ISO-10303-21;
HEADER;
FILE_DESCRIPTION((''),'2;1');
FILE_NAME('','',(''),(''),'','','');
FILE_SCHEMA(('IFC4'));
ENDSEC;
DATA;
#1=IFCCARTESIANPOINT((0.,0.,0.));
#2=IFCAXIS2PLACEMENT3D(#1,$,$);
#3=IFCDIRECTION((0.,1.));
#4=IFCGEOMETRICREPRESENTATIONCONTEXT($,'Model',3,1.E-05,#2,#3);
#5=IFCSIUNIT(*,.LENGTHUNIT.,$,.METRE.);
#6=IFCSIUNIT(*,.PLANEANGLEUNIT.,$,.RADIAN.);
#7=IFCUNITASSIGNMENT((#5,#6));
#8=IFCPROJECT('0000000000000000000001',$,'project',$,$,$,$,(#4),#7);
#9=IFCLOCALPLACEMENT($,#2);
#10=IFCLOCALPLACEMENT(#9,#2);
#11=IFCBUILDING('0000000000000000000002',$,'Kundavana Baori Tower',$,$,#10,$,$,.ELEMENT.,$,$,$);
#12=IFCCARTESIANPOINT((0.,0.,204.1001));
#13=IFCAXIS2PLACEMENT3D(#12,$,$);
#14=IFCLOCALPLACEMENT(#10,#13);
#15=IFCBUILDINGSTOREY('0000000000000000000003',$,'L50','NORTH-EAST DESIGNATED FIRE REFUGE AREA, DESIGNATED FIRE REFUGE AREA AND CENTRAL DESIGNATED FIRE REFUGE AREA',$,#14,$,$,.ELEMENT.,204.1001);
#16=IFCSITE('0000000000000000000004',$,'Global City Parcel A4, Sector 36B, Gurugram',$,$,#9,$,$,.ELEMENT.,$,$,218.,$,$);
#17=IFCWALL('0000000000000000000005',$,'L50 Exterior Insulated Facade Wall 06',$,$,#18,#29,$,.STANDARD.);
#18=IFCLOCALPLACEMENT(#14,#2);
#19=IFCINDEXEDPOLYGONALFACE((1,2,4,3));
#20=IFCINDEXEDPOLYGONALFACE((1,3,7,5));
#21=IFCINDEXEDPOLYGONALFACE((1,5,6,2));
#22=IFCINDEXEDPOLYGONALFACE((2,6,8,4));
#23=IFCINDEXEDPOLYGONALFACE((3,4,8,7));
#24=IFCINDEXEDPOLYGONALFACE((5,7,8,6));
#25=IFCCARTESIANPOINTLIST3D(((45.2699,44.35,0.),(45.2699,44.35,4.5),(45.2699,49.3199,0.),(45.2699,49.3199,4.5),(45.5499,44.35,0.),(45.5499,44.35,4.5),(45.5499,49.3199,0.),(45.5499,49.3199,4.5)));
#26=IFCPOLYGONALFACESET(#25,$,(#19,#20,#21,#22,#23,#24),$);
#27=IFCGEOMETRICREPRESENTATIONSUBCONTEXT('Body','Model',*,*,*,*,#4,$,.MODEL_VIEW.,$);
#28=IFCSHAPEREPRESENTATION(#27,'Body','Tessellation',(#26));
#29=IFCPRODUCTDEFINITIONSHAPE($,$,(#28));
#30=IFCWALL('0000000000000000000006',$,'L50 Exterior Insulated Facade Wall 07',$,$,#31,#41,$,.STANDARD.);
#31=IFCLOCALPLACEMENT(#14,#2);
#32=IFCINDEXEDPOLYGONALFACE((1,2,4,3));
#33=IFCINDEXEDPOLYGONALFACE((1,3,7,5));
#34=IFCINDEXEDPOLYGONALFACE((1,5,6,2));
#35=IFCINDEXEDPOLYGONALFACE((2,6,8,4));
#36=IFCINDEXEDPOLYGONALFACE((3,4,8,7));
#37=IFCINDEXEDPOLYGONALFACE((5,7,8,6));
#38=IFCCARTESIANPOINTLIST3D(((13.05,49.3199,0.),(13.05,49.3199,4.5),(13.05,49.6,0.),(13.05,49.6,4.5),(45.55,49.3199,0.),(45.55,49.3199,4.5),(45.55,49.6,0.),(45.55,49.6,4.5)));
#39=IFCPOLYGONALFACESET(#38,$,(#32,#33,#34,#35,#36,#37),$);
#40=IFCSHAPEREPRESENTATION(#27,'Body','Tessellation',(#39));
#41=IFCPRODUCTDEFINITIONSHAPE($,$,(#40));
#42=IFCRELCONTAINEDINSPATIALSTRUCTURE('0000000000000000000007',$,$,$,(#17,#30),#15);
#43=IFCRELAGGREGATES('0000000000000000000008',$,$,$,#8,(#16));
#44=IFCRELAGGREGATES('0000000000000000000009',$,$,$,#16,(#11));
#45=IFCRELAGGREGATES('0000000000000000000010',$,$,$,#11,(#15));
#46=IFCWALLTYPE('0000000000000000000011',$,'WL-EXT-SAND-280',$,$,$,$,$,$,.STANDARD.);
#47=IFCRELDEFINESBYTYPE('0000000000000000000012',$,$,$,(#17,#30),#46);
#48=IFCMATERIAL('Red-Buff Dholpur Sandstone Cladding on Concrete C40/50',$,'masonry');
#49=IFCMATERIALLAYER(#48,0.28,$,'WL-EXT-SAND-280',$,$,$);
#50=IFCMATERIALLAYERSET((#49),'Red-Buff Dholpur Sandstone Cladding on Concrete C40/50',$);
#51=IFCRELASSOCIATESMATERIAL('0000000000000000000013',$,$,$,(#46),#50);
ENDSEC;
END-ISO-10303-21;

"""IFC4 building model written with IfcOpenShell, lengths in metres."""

from ifc_helpers import new_model, si_unit, direction, frame, frame_2d, origin, place, context, subcontext, project, spatial, rectangle, extrude, material, layer, layer_set, type_object, element, save


model = new_model("IFC4")

# Units and contexts
model_context = context("Model", 3, precision=1e-05, world=origin(), true_north=direction((0.0, 1.0)))
body_context = subcontext(model_context, "Body", "Model", "MODEL_VIEW")
ifc_project = project(units=[si_unit("LENGTHUNIT", "METRE"), si_unit("PLANEANGLEUNIT", "RADIAN")], contexts=[model_context])

# Site, building, storey
site_placement = place(None, origin())
site = spatial("IfcSite", under=ifc_project, at=site_placement, Name="Global City Parcel A4, Sector 36B, Gurugram", CompositionType="ELEMENT", RefElevation=218.0)
building_placement = place(site_placement, origin())
building = spatial("IfcBuilding", under=site, at=building_placement, Name="Kundavana Baori Tower", CompositionType="ELEMENT")
storey_placement = place(building_placement, frame((0.0, 0.0, 204.1001)))
storey = spatial("IfcBuildingStorey", under=building, at=storey_placement, Name="L50", Description="NORTH-EAST DESIGNATED FIRE REFUGE AREA, DESIGNATED FIRE REFUGE AREA AND CENTRAL DESIGNATED FIRE REFUGE AREA", CompositionType="ELEMENT", Elevation=204.1001)

# Walls
ifc_material_1 = material(Name="Red-Buff Dholpur Sandstone Cladding on Concrete C40/50", Category="masonry")
ifc_layer_1 = layer(ifc_material_1, 0.28, Name="WL-EXT-SAND-280")
ifc_layer_set_1 = layer_set([ifc_layer_1], Name="Red-Buff Dholpur Sandstone Cladding on Concrete C40/50")
wall_type = type_object("IfcWallType", Name="WL-EXT-SAND-280", PredefinedType="STANDARD", material=ifc_layer_set_1)
wall_1_placement = place(storey_placement, frame((45.4099, 44.3501, 0.0), z_axis=(0.0, 0.0, 1.0), x_axis=(0.0, 1.0, 0.0)))
element("IfcWall", 1, at=wall_1_placement, inside=storey, type_object=wall_type, Name="L50 Exterior Insulated Facade Wall 06", PredefinedType="STANDARD", context=body_context, shape_type="SweptSolid", body=[
    extrude(rectangle(XDim=4.97, YDim=0.28, at=frame_2d((2.4849, 0.0))), origin(), (0.0, 0.0, 1.0), 4.5),
])
wall_2_placement = place(storey_placement, frame((45.55, 49.46, 0.0), z_axis=(0.0, 0.0, 1.0), x_axis=(-1.0, 0.0, 0.0)))
element("IfcWall", 2, at=wall_2_placement, inside=storey, type_object=wall_type, Name="L50 Exterior Insulated Facade Wall 07", PredefinedType="STANDARD", context=body_context, shape_type="SweptSolid", body=[
    extrude(rectangle(XDim=32.5, YDim=0.28, at=frame_2d((16.25, 0.0))), origin(), (0.0, 0.0, 1.0), 4.5),
])

save(model, "model.ifc")
